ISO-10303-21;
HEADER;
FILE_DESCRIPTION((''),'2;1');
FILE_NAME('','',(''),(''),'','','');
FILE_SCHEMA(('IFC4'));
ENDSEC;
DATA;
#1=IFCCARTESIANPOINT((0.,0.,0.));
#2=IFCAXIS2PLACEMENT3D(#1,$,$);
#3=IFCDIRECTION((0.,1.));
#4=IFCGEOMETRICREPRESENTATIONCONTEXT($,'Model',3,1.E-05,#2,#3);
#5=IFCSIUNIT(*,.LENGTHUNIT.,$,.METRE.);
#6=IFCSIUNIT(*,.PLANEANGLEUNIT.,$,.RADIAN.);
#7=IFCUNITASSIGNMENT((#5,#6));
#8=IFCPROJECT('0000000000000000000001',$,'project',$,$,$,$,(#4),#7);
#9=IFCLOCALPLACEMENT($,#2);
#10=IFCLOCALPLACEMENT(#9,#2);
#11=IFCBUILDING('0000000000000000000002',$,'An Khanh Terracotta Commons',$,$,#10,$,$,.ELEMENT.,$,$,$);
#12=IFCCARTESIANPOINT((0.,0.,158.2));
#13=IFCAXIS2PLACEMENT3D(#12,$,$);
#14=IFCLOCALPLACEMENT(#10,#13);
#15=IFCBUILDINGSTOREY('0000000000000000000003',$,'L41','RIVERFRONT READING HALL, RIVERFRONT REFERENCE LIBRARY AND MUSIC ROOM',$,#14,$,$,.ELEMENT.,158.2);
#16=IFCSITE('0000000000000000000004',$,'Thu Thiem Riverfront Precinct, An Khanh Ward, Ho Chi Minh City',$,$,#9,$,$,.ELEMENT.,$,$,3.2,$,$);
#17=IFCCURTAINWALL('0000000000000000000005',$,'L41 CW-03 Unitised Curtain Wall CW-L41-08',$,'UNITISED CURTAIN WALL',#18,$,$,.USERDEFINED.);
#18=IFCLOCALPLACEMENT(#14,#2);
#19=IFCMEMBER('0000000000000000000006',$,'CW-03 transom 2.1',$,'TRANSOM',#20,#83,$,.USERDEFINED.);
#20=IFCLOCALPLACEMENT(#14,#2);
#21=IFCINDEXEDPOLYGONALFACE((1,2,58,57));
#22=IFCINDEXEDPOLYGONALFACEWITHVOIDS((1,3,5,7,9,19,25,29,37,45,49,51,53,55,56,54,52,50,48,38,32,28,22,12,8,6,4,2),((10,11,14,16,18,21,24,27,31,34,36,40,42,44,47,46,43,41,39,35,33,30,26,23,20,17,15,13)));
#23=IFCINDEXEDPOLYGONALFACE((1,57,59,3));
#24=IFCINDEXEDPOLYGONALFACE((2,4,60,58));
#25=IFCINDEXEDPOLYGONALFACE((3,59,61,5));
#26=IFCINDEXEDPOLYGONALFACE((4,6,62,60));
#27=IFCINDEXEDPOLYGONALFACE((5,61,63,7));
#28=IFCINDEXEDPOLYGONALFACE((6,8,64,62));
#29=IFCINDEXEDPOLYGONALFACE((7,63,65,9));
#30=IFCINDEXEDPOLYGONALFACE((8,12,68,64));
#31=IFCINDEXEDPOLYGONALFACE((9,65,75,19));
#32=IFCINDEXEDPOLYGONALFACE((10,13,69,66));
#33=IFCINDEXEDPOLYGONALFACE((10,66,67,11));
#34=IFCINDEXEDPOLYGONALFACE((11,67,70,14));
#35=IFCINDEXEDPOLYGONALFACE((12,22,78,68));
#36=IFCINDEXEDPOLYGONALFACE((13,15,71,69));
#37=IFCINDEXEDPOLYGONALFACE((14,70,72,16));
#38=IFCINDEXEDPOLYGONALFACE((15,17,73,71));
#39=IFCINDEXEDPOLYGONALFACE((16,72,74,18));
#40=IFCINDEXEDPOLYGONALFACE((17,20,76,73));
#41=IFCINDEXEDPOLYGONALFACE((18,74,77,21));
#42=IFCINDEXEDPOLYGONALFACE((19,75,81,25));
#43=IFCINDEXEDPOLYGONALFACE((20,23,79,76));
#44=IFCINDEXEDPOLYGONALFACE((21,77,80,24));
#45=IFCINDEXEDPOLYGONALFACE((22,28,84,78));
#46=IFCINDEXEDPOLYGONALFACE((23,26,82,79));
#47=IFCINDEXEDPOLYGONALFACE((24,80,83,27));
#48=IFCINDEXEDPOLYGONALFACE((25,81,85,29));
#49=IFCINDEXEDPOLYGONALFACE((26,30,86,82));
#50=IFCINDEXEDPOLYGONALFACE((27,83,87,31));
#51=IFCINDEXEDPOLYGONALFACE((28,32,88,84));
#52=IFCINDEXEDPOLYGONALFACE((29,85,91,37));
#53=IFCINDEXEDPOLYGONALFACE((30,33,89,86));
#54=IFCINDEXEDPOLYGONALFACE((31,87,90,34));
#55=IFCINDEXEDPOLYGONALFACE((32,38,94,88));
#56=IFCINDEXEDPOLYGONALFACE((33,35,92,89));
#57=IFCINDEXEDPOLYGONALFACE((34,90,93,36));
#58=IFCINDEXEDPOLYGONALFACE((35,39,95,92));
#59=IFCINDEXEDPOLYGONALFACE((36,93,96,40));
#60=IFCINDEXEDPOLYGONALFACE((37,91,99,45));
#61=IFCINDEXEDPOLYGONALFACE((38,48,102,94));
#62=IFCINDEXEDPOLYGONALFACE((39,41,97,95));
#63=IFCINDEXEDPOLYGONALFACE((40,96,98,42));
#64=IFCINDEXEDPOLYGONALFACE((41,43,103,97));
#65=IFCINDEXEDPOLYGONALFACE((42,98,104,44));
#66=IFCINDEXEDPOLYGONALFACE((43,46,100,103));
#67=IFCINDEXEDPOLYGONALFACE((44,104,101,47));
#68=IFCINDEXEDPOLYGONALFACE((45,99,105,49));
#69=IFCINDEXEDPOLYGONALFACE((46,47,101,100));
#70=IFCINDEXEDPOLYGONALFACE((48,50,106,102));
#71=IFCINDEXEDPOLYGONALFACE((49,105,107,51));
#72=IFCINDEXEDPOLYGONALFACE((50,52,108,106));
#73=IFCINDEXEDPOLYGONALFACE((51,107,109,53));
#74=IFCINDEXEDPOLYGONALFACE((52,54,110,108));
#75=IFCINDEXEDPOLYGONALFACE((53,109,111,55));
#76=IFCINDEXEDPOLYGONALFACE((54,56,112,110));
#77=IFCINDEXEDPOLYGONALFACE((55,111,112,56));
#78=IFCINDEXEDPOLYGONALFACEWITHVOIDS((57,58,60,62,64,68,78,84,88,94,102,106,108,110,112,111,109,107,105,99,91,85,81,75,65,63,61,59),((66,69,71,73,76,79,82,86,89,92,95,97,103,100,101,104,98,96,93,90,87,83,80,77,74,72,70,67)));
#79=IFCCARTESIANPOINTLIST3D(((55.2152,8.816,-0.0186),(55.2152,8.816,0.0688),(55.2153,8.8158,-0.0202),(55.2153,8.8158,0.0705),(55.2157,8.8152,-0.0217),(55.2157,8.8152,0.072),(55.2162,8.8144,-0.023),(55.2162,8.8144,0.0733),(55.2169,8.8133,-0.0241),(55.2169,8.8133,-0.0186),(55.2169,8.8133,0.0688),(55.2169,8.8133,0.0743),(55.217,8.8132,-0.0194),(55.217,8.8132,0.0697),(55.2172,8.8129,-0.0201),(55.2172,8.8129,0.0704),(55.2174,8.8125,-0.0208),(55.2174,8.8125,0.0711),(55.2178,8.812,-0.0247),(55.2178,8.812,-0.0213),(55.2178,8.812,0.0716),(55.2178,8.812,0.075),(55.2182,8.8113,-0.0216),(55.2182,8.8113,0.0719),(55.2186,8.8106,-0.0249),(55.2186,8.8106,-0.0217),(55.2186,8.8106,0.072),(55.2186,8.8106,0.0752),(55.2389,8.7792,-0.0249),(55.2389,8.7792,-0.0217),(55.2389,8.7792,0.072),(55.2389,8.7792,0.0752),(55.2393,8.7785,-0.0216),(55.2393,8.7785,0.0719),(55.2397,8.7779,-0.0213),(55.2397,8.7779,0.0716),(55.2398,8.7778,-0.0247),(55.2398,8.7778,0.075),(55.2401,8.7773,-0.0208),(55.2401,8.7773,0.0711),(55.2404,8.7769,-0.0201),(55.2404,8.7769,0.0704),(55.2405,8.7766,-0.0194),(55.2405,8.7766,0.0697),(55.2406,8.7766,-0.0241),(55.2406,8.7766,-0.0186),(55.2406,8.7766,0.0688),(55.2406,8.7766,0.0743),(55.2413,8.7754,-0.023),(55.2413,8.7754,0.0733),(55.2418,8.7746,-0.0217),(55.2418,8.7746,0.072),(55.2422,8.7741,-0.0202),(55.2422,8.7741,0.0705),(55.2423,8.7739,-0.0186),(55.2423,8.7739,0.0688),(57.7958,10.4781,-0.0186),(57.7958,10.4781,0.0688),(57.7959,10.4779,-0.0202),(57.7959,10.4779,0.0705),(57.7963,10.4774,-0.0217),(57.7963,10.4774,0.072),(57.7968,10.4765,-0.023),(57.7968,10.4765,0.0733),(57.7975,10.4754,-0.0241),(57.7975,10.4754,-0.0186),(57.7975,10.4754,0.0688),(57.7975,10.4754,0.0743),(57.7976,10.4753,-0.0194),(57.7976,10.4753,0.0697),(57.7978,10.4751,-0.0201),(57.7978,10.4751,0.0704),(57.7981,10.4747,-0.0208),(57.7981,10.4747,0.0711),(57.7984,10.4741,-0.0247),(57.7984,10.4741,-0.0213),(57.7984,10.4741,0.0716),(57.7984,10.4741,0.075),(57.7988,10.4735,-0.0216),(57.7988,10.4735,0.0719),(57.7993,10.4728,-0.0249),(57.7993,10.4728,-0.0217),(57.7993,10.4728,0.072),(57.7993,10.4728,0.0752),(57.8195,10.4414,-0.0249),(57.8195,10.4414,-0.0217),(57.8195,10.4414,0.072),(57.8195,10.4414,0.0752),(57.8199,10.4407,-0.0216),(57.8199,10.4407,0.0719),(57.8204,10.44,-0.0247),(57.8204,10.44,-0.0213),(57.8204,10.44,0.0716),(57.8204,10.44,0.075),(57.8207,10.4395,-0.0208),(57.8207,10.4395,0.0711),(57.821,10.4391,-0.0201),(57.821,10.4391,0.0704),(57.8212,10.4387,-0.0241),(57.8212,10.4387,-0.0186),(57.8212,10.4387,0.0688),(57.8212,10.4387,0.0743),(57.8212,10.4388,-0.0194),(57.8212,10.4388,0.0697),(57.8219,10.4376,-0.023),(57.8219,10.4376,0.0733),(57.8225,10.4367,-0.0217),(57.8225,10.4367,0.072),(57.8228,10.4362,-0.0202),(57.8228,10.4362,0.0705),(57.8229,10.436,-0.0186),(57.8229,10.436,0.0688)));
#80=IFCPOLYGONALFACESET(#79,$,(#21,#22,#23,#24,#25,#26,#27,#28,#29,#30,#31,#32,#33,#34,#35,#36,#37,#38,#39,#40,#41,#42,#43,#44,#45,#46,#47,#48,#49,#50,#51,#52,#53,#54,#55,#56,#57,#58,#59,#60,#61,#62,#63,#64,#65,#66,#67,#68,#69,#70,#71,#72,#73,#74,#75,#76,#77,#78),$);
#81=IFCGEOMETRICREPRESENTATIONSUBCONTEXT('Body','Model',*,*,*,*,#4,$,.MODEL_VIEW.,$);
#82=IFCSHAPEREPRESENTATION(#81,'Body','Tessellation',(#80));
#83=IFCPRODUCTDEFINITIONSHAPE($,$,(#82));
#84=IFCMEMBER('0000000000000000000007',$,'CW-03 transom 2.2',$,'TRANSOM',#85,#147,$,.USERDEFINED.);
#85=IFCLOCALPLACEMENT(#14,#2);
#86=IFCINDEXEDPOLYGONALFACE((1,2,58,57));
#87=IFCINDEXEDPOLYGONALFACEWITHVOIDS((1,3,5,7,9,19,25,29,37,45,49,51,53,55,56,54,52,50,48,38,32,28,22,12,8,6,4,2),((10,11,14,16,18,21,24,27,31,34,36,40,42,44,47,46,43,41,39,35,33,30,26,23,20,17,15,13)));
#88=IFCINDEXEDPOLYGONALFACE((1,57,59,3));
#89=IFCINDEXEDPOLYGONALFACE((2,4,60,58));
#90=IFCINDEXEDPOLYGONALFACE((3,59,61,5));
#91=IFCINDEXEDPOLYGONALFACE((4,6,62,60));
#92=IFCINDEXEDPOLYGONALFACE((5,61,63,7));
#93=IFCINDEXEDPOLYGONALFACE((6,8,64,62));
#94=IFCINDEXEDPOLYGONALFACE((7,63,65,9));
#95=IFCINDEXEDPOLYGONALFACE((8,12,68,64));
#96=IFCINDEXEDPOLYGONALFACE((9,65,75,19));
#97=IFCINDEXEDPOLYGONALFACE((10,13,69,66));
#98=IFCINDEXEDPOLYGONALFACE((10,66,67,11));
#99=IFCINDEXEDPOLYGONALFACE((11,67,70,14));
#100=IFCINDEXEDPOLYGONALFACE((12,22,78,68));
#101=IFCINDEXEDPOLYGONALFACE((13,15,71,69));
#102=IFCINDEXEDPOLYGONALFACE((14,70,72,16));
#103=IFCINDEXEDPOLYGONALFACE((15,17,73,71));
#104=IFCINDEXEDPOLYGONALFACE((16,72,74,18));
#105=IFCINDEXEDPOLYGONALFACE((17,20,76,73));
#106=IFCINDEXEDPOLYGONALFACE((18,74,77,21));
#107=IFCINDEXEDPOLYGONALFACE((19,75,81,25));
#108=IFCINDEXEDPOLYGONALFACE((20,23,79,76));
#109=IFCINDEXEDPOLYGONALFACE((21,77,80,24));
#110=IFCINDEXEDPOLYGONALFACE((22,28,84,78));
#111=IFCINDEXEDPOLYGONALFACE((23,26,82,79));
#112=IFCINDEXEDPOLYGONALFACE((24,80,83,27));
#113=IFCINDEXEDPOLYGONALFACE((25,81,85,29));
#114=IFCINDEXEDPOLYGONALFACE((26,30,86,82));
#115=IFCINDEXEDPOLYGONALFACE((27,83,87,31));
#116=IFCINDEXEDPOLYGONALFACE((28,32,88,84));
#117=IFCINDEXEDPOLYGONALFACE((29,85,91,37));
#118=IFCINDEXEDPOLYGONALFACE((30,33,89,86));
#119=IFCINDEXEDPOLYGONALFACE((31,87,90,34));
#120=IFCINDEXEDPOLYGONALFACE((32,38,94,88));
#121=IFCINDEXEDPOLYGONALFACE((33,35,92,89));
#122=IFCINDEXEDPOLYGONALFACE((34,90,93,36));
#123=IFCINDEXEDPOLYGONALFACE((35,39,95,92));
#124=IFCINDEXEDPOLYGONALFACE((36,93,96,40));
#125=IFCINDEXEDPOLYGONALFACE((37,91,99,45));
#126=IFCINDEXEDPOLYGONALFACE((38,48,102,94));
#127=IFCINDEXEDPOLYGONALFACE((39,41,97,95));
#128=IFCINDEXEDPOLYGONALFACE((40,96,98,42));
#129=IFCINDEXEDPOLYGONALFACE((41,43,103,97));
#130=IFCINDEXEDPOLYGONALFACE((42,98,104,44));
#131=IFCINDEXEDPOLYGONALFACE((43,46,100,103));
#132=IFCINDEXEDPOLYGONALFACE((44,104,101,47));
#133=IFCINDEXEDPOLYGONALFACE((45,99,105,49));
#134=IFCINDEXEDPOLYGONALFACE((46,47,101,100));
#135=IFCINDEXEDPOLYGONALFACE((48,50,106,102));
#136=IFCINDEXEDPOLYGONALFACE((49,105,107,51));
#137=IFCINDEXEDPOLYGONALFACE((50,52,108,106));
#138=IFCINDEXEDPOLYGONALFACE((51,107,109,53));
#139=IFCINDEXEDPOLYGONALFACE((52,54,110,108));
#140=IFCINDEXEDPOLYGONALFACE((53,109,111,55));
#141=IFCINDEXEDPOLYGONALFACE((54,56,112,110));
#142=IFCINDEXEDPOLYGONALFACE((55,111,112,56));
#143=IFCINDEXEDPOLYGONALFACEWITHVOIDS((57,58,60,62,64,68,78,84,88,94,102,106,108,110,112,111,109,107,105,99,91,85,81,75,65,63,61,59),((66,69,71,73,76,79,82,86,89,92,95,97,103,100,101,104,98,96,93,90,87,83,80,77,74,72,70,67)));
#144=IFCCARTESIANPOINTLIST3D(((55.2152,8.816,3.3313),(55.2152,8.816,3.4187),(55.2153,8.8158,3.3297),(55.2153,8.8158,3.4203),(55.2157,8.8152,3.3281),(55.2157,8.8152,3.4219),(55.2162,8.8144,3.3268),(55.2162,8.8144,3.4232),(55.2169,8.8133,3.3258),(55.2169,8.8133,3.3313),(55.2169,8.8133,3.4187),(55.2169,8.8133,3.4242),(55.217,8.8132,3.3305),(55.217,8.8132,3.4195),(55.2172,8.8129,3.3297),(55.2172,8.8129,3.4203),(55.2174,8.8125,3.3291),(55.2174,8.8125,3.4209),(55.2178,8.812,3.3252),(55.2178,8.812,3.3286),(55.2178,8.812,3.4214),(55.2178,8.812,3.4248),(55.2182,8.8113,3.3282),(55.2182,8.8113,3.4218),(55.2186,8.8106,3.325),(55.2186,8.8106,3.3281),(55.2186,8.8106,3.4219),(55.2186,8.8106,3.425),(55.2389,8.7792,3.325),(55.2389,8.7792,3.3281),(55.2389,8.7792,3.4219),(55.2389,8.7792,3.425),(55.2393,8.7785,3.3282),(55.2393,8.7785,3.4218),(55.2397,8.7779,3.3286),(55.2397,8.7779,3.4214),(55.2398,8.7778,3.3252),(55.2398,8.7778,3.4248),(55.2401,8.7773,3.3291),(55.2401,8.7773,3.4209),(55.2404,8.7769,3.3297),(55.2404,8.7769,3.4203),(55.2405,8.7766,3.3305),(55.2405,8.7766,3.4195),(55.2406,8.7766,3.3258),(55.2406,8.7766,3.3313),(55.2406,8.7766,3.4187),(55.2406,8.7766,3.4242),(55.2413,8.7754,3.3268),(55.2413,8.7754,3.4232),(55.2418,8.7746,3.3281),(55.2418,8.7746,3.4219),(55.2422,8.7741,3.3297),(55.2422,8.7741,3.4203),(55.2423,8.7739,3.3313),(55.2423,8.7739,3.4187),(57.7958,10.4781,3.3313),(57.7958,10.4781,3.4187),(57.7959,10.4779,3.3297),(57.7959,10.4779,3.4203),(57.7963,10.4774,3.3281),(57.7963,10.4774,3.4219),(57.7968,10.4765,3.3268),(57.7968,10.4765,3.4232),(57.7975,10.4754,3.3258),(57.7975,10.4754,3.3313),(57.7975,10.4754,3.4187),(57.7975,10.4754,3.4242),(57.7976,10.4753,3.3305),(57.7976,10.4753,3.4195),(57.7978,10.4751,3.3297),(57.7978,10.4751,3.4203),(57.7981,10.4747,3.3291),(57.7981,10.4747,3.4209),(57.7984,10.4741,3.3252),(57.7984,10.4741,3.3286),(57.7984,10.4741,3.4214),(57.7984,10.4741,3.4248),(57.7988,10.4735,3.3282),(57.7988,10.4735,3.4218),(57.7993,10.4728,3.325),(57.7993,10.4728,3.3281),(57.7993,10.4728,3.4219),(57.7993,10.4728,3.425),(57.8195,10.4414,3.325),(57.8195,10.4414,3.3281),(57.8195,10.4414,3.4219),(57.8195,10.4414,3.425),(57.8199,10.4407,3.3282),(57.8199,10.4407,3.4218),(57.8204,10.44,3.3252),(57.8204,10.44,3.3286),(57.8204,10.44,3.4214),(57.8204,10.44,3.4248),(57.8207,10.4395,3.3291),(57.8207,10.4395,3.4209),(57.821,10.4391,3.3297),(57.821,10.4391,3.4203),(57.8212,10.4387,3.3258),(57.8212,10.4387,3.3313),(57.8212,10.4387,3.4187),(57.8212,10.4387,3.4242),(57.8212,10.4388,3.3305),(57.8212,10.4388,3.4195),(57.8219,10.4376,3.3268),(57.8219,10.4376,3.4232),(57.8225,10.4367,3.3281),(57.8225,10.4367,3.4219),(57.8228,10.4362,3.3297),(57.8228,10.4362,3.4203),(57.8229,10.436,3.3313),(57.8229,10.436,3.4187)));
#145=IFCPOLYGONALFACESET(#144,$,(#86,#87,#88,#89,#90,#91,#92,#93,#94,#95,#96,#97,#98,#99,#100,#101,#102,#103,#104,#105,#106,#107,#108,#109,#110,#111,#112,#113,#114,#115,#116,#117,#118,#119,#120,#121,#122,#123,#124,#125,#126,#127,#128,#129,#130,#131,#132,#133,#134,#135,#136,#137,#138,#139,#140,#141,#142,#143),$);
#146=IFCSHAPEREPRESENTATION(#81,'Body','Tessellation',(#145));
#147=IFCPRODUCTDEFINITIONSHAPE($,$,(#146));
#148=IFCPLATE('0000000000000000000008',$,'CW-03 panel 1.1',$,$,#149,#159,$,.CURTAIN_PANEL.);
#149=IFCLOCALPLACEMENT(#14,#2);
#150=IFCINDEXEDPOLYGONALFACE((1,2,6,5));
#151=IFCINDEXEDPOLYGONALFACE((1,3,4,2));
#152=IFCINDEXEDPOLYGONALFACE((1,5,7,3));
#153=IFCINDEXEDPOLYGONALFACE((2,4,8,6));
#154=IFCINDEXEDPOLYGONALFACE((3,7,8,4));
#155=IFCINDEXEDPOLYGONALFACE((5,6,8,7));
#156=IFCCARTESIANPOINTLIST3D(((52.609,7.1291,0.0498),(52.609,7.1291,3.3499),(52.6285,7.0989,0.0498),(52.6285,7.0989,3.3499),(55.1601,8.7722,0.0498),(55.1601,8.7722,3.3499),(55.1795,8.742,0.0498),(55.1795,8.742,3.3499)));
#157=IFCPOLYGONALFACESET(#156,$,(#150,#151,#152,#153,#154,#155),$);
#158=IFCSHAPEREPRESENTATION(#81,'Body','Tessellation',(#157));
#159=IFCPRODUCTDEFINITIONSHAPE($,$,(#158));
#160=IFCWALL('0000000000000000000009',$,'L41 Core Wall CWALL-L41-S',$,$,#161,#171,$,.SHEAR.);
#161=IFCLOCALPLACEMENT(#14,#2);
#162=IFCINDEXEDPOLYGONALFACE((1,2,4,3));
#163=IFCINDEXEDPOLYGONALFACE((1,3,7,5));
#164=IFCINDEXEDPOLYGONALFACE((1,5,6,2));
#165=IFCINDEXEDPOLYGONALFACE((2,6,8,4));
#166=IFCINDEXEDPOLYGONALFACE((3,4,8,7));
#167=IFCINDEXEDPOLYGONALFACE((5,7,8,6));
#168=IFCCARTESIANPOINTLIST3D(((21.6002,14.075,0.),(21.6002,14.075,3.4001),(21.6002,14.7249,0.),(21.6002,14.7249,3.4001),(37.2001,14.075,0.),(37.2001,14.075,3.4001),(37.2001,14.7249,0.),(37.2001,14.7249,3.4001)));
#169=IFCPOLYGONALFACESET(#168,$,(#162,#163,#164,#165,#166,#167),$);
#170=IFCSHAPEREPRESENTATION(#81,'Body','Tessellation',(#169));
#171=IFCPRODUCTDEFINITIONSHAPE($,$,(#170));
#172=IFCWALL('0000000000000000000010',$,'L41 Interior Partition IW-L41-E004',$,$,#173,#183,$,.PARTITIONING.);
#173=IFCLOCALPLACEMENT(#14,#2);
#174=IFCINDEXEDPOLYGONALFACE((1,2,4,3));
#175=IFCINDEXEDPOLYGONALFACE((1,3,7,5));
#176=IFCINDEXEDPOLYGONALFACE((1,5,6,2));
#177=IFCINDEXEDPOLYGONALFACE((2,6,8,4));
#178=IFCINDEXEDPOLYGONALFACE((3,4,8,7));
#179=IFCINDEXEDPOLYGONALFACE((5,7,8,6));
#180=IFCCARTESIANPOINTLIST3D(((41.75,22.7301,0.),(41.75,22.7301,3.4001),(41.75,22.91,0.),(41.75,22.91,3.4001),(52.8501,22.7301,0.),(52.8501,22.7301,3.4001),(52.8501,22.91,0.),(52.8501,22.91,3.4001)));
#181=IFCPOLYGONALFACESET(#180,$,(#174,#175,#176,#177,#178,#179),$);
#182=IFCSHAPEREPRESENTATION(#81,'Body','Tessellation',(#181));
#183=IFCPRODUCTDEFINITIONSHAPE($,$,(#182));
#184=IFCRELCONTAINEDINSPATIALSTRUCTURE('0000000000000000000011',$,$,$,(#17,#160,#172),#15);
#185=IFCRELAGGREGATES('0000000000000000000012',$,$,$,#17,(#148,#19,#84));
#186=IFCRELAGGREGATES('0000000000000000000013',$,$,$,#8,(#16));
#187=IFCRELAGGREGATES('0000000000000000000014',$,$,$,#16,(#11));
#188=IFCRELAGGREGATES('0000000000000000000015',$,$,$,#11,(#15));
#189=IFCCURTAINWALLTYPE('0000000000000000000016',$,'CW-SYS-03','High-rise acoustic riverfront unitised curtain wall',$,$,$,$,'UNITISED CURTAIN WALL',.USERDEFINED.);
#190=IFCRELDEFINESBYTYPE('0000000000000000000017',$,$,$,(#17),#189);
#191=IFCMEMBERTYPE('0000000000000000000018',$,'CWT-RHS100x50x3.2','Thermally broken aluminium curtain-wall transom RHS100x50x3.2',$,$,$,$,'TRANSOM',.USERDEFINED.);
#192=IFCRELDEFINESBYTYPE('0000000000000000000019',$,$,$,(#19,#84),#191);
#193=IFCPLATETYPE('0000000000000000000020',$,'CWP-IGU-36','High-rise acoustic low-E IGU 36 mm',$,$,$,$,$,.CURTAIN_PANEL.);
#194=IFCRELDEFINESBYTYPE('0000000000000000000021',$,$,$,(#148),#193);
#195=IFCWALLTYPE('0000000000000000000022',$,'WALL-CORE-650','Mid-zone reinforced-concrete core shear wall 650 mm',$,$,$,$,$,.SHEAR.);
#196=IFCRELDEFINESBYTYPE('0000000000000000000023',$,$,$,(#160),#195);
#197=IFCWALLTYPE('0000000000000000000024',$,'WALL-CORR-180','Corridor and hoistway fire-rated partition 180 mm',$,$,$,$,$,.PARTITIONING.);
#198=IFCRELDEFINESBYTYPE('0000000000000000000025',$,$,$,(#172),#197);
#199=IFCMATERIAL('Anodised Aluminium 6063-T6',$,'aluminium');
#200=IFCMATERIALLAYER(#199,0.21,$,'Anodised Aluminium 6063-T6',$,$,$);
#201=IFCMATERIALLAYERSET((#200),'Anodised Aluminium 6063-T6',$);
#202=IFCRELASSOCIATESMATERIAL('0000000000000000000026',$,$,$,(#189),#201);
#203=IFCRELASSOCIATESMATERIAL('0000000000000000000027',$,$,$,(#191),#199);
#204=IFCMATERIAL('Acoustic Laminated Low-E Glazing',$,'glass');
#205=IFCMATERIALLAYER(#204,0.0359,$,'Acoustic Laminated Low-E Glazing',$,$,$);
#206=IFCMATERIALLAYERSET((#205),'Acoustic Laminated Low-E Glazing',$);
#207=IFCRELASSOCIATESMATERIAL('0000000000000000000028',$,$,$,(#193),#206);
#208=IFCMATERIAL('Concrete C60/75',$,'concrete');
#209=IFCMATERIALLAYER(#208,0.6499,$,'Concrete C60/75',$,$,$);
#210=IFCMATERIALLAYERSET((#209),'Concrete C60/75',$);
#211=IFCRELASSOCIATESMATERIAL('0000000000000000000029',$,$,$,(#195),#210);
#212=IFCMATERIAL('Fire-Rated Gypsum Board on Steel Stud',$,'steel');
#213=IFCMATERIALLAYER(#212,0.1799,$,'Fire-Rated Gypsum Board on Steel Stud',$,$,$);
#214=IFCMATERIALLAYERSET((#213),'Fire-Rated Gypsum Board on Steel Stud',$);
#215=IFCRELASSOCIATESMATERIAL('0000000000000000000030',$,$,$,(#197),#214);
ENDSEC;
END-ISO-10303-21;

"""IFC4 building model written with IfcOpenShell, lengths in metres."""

from ifc_helpers import new_model, si_unit, direction, frame, frame_2d, origin, origin_2d, place, context, subcontext, project, spatial, rectangle, hollow_rectangle, extrude, material, layer, layer_set, material_profile, profile_set, type_object, element, aggregate, save


model = new_model("IFC4")

# Units and contexts
model_context = context("Model", 3, precision=1e-05, world=origin(), true_north=direction((0.0, 1.0)))
body_context = subcontext(model_context, "Body", "Model", "MODEL_VIEW")
ifc_project = project(units=[si_unit("LENGTHUNIT", "METRE"), si_unit("PLANEANGLEUNIT", "RADIAN")], contexts=[model_context])

# Site, building, storey
site_placement = place(None, origin())
site = spatial("IfcSite", under=ifc_project, at=site_placement, Name="Thu Thiem Riverfront Precinct, An Khanh Ward, Ho Chi Minh City", CompositionType="ELEMENT", RefElevation=3.2)
building_placement = place(site_placement, origin())
building = spatial("IfcBuilding", under=site, at=building_placement, Name="An Khanh Terracotta Commons", CompositionType="ELEMENT")
storey_placement = place(building_placement, frame((0.0, 0.0, 158.2)))
storey = spatial("IfcBuildingStorey", under=building, at=storey_placement, Name="L41", Description="RIVERFRONT READING HALL, RIVERFRONT REFERENCE LIBRARY AND MUSIC ROOM", CompositionType="ELEMENT", Elevation=158.2)

# Shared definitions
ifc_material_1 = material(Name="Concrete C60/75", Category="concrete")

# Curtain wall, members, plate
ifc_material_2 = material(Name="Anodised Aluminium 6063-T6", Category="aluminium")
ifc_layer_1 = layer(ifc_material_2, 0.21, Name="Anodised Aluminium 6063-T6")
ifc_layer_set_1 = layer_set([ifc_layer_1], Name="Anodised Aluminium 6063-T6")
curtain_wall_type = type_object("IfcCurtainWallType", Name="CW-SYS-03", Description="High-rise acoustic riverfront unitised curtain wall", ElementType="UNITISED CURTAIN WALL", PredefinedType="USERDEFINED", material=ifc_layer_set_1)
curtain_wall_placement = place(storey_placement, origin())
curtain_wall = element("IfcCurtainWall", 1, at=curtain_wall_placement, inside=storey, type_object=curtain_wall_type, Name="L41 CW-03 Unitised Curtain Wall CW-L41-08", ObjectType="UNITISED CURTAIN WALL", PredefinedType="USERDEFINED")
ifc_material_profile_1 = material_profile(ifc_material_2, hollow_rectangle(XDim=0.05, YDim=0.1001, WallThickness=0.0032, InnerFilletRadius=0.0032, OuterFilletRadius=0.0063, at=origin_2d()), Name="RHS100x50x3.2")
ifc_profile_set_1 = profile_set([ifc_material_profile_1], Name="Anodised Aluminium 6063-T6")
member_type_1 = type_object("IfcMemberType", Name="CWT-RHS100x50x3.2", Description="Thermally broken aluminium curtain-wall transom RHS100x50x3.2", ElementType="TRANSOM", PredefinedType="USERDEFINED", material=ifc_profile_set_1)
member_1_placement = place(storey_placement, frame((55.2288, 8.7949, 0.0251), z_axis=(0.840708, 0.541489, 0.0), x_axis=(-0.541489, 0.840708, 0.0)))
member_1 = element("IfcMember", 2, at=member_1_placement, type_object=member_type_1, Name="CW-03 transom 2.1", ObjectType="TRANSOM", PredefinedType="USERDEFINED", context=body_context, shape_type="SweptSolid", body=[
    extrude(hollow_rectangle(XDim=0.05, YDim=0.1001, WallThickness=0.0032, InnerFilletRadius=0.0032, OuterFilletRadius=0.0063, at=origin_2d()), origin(), (0.0, 0.0, 1.0), 3.0696),
])
member_2_placement = place(storey_placement, frame((55.2288, 8.7949, 3.375), z_axis=(0.840708, 0.541489, 0.0), x_axis=(-0.541489, 0.840708, 0.0)))
member_2 = element("IfcMember", 3, at=member_2_placement, type_object=member_type_1, Name="CW-03 transom 2.2", ObjectType="TRANSOM", PredefinedType="USERDEFINED", context=body_context, shape_type="SweptSolid", body=[
    extrude(hollow_rectangle(XDim=0.05, YDim=0.1001, WallThickness=0.0032, InnerFilletRadius=0.0032, OuterFilletRadius=0.0063, at=origin_2d()), origin(), (0.0, 0.0, 1.0), 3.0696),
])
ifc_material_3 = material(Name="Acoustic Laminated Low-E Glazing", Category="glass")
ifc_layer_2 = layer(ifc_material_3, 0.0359, Name="Acoustic Laminated Low-E Glazing")
ifc_layer_set_2 = layer_set([ifc_layer_2], Name="Acoustic Laminated Low-E Glazing")
plate_type = type_object("IfcPlateType", Name="CWP-IGU-36", Description="High-rise acoustic low-E IGU 36 mm", PredefinedType="CURTAIN_PANEL", material=ifc_layer_set_2)
plate_placement = place(storey_placement, frame((53.8943, 7.9355, 0.0498), z_axis=(0.0, 0.0, 1.0), x_axis=(0.840702, 0.541498, 0.0)))
plate = element("IfcPlate", 4, at=plate_placement, type_object=plate_type, Name="CW-03 panel 1.1", PredefinedType="CURTAIN_PANEL", context=body_context, shape_type="SweptSolid", body=[
    extrude(rectangle(XDim=3.0344, YDim=0.0359, at=origin_2d()), origin(), (0.0, 0.0, 1.0), 3.3),
])
aggregate(curtain_wall, [plate, member_1, member_2])

# Wall
ifc_layer_3 = layer(ifc_material_1, 0.6499, Name="Concrete C60/75")
ifc_layer_set_3 = layer_set([ifc_layer_3], Name="Concrete C60/75")
wall_type_1 = type_object("IfcWallType", Name="WALL-CORE-650", Description="Mid-zone reinforced-concrete core shear wall 650 mm", PredefinedType="SHEAR", material=ifc_layer_set_3)
wall_1_placement = place(storey_placement, frame((37.2, 14.3999, 0.0), z_axis=(0.0, 0.0, 1.0), x_axis=(-1.0, 0.0, 0.0)))
element("IfcWall", 5, at=wall_1_placement, inside=storey, type_object=wall_type_1, Name="L41 Core Wall CWALL-L41-S", PredefinedType="SHEAR", context=body_context, shape_type="SweptSolid", body=[
    extrude(rectangle(XDim=15.5999, YDim=0.6499, at=frame_2d((7.7998, 0.0))), origin(), (0.0, 0.0, 1.0), 3.4001),
])

# Wall
ifc_material_4 = material(Name="Fire-Rated Gypsum Board on Steel Stud", Category="steel")
ifc_layer_4 = layer(ifc_material_4, 0.1799, Name="Fire-Rated Gypsum Board on Steel Stud")
ifc_layer_set_4 = layer_set([ifc_layer_4], Name="Fire-Rated Gypsum Board on Steel Stud")
wall_type_2 = type_object("IfcWallType", Name="WALL-CORR-180", Description="Corridor and hoistway fire-rated partition 180 mm", PredefinedType="PARTITIONING", material=ifc_layer_set_4)
wall_2_placement = place(storey_placement, frame((41.75, 22.8201, 0.0), z_axis=(0.0, 0.0, 1.0), x_axis=(1.0, 0.0, 0.0)))
element("IfcWall", 6, at=wall_2_placement, inside=storey, type_object=wall_type_2, Name="L41 Interior Partition IW-L41-E004", PredefinedType="PARTITIONING", context=body_context, shape_type="SweptSolid", body=[
    extrude(rectangle(XDim=11.1001, YDim=0.1799, at=frame_2d((5.55, 0.0))), origin(), (0.0, 0.0, 1.0), 3.4001),
])

save(model, "model.ifc")
